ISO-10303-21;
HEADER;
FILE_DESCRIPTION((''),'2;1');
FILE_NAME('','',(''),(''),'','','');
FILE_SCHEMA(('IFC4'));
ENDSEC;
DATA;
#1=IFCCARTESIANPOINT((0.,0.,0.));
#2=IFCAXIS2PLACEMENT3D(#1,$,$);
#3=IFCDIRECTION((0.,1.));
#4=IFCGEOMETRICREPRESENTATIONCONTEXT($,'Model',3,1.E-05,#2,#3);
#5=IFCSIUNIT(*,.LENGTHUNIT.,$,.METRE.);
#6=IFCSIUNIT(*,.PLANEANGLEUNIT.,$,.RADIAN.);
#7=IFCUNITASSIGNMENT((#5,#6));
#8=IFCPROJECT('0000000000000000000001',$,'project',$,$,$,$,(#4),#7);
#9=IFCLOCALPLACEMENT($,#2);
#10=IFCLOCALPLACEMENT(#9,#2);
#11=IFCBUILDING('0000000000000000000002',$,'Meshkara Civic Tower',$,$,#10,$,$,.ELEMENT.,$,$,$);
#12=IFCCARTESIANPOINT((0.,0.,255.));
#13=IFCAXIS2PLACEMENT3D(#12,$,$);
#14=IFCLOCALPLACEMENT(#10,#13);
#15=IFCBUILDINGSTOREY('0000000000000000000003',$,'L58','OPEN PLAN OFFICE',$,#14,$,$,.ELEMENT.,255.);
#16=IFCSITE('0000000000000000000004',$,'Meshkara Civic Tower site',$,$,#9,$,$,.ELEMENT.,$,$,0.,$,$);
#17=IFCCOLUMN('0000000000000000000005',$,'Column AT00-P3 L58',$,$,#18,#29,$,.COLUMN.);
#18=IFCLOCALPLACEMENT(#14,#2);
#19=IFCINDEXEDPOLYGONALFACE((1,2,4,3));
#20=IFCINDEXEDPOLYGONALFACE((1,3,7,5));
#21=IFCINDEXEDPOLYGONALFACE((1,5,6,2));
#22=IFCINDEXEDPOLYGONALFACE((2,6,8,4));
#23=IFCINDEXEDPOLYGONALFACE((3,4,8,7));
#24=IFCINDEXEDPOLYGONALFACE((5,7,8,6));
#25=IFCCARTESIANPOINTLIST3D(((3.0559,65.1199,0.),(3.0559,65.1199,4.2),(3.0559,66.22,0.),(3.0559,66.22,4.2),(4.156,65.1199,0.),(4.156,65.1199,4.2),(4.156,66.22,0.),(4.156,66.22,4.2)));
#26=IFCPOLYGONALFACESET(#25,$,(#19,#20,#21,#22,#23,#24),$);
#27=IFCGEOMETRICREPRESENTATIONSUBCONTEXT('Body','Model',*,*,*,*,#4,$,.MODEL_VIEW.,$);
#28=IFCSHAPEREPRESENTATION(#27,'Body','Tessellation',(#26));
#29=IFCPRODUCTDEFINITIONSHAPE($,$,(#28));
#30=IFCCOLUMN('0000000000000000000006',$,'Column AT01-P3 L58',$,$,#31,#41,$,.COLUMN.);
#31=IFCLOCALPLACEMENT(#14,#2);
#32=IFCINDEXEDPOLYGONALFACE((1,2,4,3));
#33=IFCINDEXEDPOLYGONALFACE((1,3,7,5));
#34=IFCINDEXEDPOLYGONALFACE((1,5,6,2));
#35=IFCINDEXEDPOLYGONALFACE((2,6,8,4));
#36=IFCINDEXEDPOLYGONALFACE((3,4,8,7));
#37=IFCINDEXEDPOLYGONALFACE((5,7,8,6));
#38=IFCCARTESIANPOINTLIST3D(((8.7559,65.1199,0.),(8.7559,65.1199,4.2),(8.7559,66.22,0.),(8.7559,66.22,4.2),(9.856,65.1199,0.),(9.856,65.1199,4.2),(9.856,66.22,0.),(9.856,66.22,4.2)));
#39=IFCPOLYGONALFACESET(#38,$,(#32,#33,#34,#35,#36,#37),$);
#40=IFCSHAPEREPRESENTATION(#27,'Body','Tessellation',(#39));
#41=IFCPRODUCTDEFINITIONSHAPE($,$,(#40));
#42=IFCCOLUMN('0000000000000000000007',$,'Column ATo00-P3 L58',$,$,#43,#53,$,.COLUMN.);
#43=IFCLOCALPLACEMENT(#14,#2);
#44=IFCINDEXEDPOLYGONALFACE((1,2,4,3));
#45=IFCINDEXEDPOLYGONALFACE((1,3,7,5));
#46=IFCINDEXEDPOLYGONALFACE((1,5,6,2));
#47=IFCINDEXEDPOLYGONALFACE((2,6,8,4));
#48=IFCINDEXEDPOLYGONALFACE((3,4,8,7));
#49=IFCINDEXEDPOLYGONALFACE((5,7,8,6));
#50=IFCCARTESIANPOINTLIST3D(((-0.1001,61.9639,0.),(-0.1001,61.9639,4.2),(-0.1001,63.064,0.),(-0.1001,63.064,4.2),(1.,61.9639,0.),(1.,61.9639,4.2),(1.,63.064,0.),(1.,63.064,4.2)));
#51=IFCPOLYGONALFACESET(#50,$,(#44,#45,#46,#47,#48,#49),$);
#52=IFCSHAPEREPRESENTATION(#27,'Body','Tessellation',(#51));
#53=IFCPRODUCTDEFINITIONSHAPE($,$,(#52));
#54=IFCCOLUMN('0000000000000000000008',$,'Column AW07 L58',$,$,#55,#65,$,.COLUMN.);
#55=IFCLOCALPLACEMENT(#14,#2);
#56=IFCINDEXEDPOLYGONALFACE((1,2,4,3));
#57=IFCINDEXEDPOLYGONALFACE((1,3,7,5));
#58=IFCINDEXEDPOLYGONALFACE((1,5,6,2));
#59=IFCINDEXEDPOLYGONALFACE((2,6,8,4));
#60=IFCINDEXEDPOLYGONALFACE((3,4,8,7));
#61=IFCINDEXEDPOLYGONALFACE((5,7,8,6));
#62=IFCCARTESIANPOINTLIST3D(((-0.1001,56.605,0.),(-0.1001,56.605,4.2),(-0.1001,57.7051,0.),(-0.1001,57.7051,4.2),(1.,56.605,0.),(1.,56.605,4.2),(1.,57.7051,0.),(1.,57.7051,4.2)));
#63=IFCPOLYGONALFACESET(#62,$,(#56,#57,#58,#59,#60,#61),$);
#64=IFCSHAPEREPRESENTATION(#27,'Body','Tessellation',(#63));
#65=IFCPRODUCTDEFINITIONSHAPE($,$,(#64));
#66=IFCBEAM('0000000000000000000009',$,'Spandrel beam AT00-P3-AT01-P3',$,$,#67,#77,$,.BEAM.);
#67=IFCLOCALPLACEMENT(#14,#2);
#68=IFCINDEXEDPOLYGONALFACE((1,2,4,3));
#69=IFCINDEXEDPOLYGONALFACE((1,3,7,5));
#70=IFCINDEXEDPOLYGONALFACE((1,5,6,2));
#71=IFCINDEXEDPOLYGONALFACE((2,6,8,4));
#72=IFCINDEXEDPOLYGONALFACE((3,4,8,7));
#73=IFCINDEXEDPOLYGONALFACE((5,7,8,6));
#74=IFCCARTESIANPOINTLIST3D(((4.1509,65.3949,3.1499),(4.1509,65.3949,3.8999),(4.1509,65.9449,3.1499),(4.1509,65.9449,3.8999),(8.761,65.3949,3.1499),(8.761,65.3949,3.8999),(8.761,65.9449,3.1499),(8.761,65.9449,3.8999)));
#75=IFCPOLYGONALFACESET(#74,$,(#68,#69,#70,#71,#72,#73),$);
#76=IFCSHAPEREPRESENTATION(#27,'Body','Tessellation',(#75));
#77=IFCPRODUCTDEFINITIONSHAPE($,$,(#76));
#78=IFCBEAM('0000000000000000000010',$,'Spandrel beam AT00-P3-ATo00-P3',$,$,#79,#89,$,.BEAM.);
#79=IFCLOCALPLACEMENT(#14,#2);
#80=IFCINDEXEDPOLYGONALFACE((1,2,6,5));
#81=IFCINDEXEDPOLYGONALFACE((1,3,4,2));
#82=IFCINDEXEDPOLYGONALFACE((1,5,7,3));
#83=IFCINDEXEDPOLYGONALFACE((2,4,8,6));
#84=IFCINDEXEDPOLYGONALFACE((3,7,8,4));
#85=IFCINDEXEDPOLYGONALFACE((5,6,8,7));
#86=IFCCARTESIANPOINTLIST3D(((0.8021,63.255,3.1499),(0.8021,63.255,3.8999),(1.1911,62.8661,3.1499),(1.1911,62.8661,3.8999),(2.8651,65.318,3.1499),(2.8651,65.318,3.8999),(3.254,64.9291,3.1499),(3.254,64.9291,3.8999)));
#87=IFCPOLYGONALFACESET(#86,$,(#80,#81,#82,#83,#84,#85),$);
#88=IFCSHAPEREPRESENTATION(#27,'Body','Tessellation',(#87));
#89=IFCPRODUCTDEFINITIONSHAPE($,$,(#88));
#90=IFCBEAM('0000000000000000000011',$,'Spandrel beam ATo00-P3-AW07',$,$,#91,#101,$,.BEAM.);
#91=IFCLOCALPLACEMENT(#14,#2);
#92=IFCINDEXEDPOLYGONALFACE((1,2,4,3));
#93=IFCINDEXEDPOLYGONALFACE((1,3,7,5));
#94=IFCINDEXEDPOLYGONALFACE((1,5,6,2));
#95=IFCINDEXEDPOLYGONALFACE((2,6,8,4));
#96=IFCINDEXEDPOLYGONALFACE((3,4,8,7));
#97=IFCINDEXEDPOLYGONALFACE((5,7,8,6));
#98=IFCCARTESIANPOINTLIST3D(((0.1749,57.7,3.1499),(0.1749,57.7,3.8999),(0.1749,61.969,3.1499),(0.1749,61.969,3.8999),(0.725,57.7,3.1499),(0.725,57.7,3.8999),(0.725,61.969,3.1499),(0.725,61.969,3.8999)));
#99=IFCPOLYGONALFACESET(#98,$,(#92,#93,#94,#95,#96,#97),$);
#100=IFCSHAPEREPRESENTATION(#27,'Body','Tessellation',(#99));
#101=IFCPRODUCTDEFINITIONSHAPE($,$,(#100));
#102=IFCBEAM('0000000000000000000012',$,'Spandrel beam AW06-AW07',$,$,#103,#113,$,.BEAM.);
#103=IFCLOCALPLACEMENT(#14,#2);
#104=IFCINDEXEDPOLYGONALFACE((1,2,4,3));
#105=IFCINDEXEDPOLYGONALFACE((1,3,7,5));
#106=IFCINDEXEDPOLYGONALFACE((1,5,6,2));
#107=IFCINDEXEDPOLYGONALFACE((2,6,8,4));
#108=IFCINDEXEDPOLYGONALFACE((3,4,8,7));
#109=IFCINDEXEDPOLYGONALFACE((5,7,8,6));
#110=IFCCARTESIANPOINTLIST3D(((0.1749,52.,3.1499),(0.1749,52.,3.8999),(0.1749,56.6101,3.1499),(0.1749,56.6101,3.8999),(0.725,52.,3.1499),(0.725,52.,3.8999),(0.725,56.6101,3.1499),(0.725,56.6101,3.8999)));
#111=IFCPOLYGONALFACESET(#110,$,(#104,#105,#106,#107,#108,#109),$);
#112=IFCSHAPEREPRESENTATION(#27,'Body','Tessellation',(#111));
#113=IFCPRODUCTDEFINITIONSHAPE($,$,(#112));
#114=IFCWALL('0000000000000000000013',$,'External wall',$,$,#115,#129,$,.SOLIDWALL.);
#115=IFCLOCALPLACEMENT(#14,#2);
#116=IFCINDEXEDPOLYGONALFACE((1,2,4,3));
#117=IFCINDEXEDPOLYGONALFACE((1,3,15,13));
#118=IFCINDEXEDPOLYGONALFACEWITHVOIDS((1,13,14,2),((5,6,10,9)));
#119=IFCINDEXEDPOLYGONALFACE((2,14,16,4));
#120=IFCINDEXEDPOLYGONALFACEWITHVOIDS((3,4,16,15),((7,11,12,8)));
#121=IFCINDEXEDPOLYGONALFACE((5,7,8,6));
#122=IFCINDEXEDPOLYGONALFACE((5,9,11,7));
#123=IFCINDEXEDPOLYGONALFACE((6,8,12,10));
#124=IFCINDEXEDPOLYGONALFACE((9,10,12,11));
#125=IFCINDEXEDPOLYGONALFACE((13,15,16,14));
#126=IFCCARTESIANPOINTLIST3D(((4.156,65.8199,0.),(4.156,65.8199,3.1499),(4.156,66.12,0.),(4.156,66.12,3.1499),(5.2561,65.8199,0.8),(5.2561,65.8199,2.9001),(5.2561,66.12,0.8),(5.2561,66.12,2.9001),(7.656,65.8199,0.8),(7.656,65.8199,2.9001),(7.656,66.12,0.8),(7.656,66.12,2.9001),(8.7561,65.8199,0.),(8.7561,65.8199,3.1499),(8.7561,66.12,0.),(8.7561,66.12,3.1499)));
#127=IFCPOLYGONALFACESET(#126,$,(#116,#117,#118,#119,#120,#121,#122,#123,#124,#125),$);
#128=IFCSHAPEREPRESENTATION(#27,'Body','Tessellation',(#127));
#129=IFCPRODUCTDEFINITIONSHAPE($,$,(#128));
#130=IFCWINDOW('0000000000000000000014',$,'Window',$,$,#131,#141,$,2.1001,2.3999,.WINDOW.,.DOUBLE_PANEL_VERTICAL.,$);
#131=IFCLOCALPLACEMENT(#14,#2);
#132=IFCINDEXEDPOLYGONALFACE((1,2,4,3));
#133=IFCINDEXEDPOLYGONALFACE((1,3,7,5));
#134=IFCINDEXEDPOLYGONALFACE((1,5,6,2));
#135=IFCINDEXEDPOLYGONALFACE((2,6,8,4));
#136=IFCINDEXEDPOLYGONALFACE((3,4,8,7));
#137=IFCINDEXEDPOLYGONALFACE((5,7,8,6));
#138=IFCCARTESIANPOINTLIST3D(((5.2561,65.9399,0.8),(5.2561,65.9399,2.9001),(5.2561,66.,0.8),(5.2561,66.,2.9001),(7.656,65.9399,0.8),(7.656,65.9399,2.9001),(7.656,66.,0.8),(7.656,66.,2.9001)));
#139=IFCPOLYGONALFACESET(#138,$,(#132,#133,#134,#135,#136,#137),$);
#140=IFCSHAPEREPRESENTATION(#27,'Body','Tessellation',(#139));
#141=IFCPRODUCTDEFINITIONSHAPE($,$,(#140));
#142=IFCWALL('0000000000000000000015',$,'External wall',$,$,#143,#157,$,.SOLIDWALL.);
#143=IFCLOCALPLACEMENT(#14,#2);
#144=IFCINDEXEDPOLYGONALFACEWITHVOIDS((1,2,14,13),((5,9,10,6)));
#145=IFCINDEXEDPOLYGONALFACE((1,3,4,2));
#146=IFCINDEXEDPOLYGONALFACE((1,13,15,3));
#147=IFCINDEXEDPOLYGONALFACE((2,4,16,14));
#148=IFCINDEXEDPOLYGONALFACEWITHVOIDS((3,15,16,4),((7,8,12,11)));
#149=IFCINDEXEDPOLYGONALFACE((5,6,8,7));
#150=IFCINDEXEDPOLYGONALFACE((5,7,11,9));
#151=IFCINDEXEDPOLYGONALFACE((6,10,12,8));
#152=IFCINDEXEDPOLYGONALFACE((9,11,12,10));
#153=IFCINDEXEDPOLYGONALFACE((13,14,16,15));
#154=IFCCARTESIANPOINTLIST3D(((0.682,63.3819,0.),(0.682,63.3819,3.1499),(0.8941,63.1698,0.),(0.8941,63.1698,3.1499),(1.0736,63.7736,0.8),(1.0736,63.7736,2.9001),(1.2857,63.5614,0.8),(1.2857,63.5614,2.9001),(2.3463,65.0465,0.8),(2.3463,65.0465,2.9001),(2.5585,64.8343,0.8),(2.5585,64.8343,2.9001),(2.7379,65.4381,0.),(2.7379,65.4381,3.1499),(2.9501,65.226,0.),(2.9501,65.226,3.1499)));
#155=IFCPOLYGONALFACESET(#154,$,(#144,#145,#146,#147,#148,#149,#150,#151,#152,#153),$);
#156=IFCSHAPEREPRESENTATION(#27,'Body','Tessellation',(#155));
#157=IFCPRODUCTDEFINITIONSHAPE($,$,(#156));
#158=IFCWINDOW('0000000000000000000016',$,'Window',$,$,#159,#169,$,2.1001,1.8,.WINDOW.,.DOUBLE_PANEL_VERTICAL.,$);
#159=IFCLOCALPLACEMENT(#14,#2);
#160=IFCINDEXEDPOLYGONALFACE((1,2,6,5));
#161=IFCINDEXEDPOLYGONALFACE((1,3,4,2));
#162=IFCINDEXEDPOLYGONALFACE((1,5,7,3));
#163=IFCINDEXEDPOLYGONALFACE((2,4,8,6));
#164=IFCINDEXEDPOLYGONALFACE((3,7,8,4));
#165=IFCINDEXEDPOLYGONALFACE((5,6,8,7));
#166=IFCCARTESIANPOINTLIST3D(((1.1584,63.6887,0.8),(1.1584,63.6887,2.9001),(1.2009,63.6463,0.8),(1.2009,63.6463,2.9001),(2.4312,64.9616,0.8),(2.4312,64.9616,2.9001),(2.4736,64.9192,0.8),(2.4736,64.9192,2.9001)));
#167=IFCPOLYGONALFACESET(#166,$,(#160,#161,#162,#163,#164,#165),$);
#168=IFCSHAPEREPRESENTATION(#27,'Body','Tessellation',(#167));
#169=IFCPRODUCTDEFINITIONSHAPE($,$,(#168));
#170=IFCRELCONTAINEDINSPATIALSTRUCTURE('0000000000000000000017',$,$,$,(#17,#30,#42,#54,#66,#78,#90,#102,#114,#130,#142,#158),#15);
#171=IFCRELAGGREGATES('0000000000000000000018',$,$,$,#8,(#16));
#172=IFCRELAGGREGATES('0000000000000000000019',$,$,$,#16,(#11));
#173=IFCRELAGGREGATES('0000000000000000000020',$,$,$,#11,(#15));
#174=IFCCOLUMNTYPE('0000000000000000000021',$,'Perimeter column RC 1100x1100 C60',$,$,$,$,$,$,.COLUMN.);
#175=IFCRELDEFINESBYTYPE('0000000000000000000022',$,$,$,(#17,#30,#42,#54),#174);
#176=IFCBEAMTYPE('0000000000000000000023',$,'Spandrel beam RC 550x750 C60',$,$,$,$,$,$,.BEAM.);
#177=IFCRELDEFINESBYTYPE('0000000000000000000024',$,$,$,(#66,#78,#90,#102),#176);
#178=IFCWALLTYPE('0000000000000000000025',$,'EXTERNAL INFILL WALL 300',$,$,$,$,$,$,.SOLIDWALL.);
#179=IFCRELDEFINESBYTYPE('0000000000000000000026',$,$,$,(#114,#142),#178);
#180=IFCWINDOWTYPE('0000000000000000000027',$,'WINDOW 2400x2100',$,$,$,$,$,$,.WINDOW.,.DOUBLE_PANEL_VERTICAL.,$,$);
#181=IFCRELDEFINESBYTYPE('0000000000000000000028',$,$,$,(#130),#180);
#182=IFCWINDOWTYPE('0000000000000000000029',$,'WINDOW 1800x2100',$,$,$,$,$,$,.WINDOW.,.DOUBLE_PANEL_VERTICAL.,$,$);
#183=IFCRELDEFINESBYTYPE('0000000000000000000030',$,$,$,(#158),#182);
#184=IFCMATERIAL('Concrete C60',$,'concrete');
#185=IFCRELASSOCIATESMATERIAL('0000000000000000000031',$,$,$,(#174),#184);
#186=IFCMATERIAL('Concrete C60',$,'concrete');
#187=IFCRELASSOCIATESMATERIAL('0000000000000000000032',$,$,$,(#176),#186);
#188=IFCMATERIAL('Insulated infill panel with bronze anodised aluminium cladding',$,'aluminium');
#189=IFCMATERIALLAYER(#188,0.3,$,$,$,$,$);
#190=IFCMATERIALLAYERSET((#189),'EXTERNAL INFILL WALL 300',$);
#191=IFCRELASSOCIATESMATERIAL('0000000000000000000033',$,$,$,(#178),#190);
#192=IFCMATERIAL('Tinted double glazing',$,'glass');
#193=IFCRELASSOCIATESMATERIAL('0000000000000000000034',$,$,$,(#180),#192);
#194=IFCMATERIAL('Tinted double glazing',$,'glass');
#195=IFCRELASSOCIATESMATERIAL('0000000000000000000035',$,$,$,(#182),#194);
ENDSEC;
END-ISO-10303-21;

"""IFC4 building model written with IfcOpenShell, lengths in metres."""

from ifc_helpers import new_model, si_unit, direction, frame, frame_2d, origin, origin_2d, place, context, subcontext, project, spatial, rectangle, extrude, material, layer, layer_set, material_profile, profile_set, type_object, element, fill, save


model = new_model("IFC4")

# Units and contexts
model_context = context("Model", 3, precision=1e-05, world=origin(), true_north=direction((0.0, 1.0)))
body_context = subcontext(model_context, "Body", "Model", "MODEL_VIEW")
ifc_project = project(units=[si_unit("LENGTHUNIT", "METRE"), si_unit("PLANEANGLEUNIT", "RADIAN")], contexts=[model_context])

# Site, building, storey
site_placement = place(None, origin())
site = spatial("IfcSite", under=ifc_project, at=site_placement, Name="Meshkara Civic Tower site", CompositionType="ELEMENT", RefElevation=0.0)
building_placement = place(site_placement, origin())
building = spatial("IfcBuilding", under=site, at=building_placement, Name="Meshkara Civic Tower", CompositionType="ELEMENT")
storey_placement = place(building_placement, frame((0.0, 0.0, 255.0)))
storey = spatial("IfcBuildingStorey", under=building, at=storey_placement, Name="L58", Description="OPEN PLAN OFFICE", CompositionType="ELEMENT", Elevation=255.0)

# Columns
ifc_material_1 = material(Name="Concrete C60", Category="concrete")
ifc_material_profile_1 = material_profile(ifc_material_1, rectangle(XDim=1.1001, YDim=1.1001, at=origin_2d()))
ifc_profile_set_1 = profile_set([ifc_material_profile_1], Name="Concrete C60")
column_type = type_object("IfcColumnType", Name="Perimeter column RC 1100x1100 C60", PredefinedType="COLUMN", material=ifc_profile_set_1)
for number, where, z_axis, x_axis, name in (
    (1, (3.606, 65.6699, 0.0), (0.0, 0.0, 1.0), (1.0, 0.0, 0.0), "Column AT00-P3 L58"),
    (2, (9.3059, 65.6699, 0.0), (0.0, 0.0, 1.0), (1.0, 0.0, 0.0), "Column AT01-P3 L58"),
    (3, (0.45, 62.5139, 0.0), (0.0, 0.0, 1.0), (1.0, 0.0, 0.0), "Column ATo00-P3 L58"),
    (4, (0.45, 57.155, 0.0), (0.0, 0.0, 1.0), (1.0, 0.0, 0.0), "Column AW07 L58"),
):
    element("IfcColumn", number, at=place(storey_placement, frame(where, z_axis=z_axis, x_axis=x_axis)), inside=storey, type_object=column_type, Name=name, PredefinedType="COLUMN", context=body_context, shape_type="SweptSolid", body=[
        extrude(rectangle(XDim=1.1001, YDim=1.1001, at=origin_2d()), origin(), (0.0, 0.0, 1.0), 4.2),
    ])

# Beams
ifc_material_2 = material(Name="Concrete C60", Category="concrete")
ifc_material_profile_2 = material_profile(ifc_material_2, rectangle(XDim=0.55, YDim=0.75, at=origin_2d()))
ifc_profile_set_2 = profile_set([ifc_material_profile_2], Name="Concrete C60")
beam_type = type_object("IfcBeamType", Name="Spandrel beam RC 550x750 C60", PredefinedType="BEAM", material=ifc_profile_set_2)
beam_1_placement = place(storey_placement, frame((8.761, 65.6699, 3.5249), z_axis=(-1.0, 0.0, 0.0), x_axis=(0.0, -1.0, 0.0)))
element("IfcBeam", 5, at=beam_1_placement, inside=storey, type_object=beam_type, Name="Spandrel beam AT00-P3-AT01-P3", PredefinedType="BEAM", context=body_context, shape_type="SweptSolid", body=[
    extrude(rectangle(XDim=0.55, YDim=0.75, at=origin_2d()), origin(), (0.0, 0.0, 1.0), 4.6101),
])
beam_2_placement = place(storey_placement, frame((3.0596, 65.1235, 3.5249), z_axis=(-0.707107, -0.707107, 0.0), x_axis=(0.707107, -0.707107, 0.0)))
element("IfcBeam", 6, at=beam_2_placement, inside=storey, type_object=beam_type, Name="Spandrel beam AT00-P3-ATo00-P3", PredefinedType="BEAM", context=body_context, shape_type="SweptSolid", body=[
    extrude(rectangle(XDim=0.55, YDim=0.75, at=origin_2d()), origin(), (0.0, 0.0, 1.0), 2.9175),
])
beam_3_placement = place(storey_placement, frame((0.45, 61.969, 3.5249), z_axis=(0.0, -1.0, 0.0), x_axis=(1.0, 0.0, 0.0)))
element("IfcBeam", 7, at=beam_3_placement, inside=storey, type_object=beam_type, Name="Spandrel beam ATo00-P3-AW07", PredefinedType="BEAM", context=body_context, shape_type="SweptSolid", body=[
    extrude(rectangle(XDim=0.55, YDim=0.75, at=origin_2d()), origin(), (0.0, 0.0, 1.0), 4.269),
])
beam_4_placement = place(storey_placement, frame((0.45, 56.6101, 3.5249), z_axis=(0.0, -1.0, 0.0), x_axis=(1.0, 0.0, 0.0)))
element("IfcBeam", 8, at=beam_4_placement, inside=storey, type_object=beam_type, Name="Spandrel beam AW06-AW07", PredefinedType="BEAM", context=body_context, shape_type="SweptSolid", body=[
    extrude(rectangle(XDim=0.55, YDim=0.75, at=origin_2d()), origin(), (0.0, 0.0, 1.0), 4.6101),
])

# Walls, openings, windows
ifc_material_3 = material(Name="Insulated infill panel with bronze anodised aluminium cladding", Category="aluminium")
ifc_layer_1 = layer(ifc_material_3, 0.3)
ifc_layer_set_1 = layer_set([ifc_layer_1], Name="EXTERNAL INFILL WALL 300")
wall_type_1 = type_object("IfcWallType", Name="EXTERNAL INFILL WALL 300", PredefinedType="SOLIDWALL", material=ifc_layer_set_1)
wall_1_placement = place(storey_placement, frame((8.7561, 65.97, 0.0), z_axis=(0.0, 0.0, 1.0), x_axis=(-1.0, 0.0, 0.0)))
wall_1 = element("IfcWall", 9, at=wall_1_placement, inside=storey, type_object=wall_type_1, Name="External wall", PredefinedType="SOLIDWALL", context=body_context, shape_type="SweptSolid", body=[
    extrude(rectangle(XDim=4.6001, YDim=0.3, at=frame_2d((2.3, 0.0))), origin(), (0.0, 0.0, 1.0), 3.1499),
])
opening_1_placement = place(wall_1_placement, frame((1.1001, 0.0, 0.8)))
opening_1 = element("IfcOpeningElement", 10, at=opening_1_placement, cuts=wall_1, PredefinedType="OPENING", context=body_context, shape_type="SweptSolid", body=[
    extrude(rectangle(XDim=2.3999, YDim=2.1001, at=frame_2d((1.2, 1.05))), frame((0.0, 0.1599, 0.0), z_axis=(0.0, -1.0, 0.0), x_axis=(1.0, 0.0, 0.0)), (0.0, 0.0, 1.0), 0.3201),
])
ifc_material_4 = material(Name="Tinted double glazing", Category="glass")
window_type_1 = type_object("IfcWindowType", Name="WINDOW 2400x2100", PartitioningType="DOUBLE_PANEL_VERTICAL", PredefinedType="WINDOW", material=ifc_material_4)
window_1_placement = place(opening_1_placement, origin())
window_1 = element("IfcWindow", 11, at=window_1_placement, inside=storey, type_object=window_type_1, Name="Window", OverallHeight=2.1001, OverallWidth=2.3999, PartitioningType="DOUBLE_PANEL_VERTICAL", PredefinedType="WINDOW", context=body_context, shape_type="SweptSolid", body=[
    extrude(rectangle(XDim=2.3999, YDim=2.1001, at=frame_2d((1.2, 1.05))), frame((0.0, 0.03, 0.0), z_axis=(0.0, -1.0, 0.0), x_axis=(1.0, 0.0, 0.0)), (0.0, 0.0, 1.0), 0.0601),
])
fill(opening_1, window_1)
wall_2_placement = place(storey_placement, frame((2.844, 65.332, 0.0), z_axis=(0.0, 0.0, 1.0), x_axis=(-0.707065, -0.707149, 0.0)))
wall_2 = element("IfcWall", 12, at=wall_2_placement, inside=storey, type_object=wall_type_1, Name="External wall", PredefinedType="SOLIDWALL", context=body_context, shape_type="SweptSolid", body=[
    extrude(rectangle(XDim=2.9077, YDim=0.3, at=frame_2d((1.4539, 0.0))), origin(), (0.0, 0.0, 1.0), 3.1499),
])
opening_2_placement = place(wall_2_placement, frame((0.554, 0.0, 0.8)))
opening_2 = element("IfcOpeningElement", 13, at=opening_2_placement, cuts=wall_2, PredefinedType="OPENING", context=body_context, shape_type="SweptSolid", body=[
    extrude(rectangle(XDim=1.8, YDim=2.1001, at=frame_2d((0.8999, 1.05))), frame((0.0, 0.1599, 0.0), z_axis=(0.0, -1.0, 0.0), x_axis=(1.0, 0.0, 0.0)), (0.0, 0.0, 1.0), 0.3201),
])
ifc_material_5 = material(Name="Tinted double glazing", Category="glass")
window_type_2 = type_object("IfcWindowType", Name="WINDOW 1800x2100", PartitioningType="DOUBLE_PANEL_VERTICAL", PredefinedType="WINDOW", material=ifc_material_5)
window_2_placement = place(opening_2_placement, origin())
window_2 = element("IfcWindow", 14, at=window_2_placement, inside=storey, type_object=window_type_2, Name="Window", OverallHeight=2.1001, OverallWidth=1.8, PartitioningType="DOUBLE_PANEL_VERTICAL", PredefinedType="WINDOW", context=body_context, shape_type="SweptSolid", body=[
    extrude(rectangle(XDim=1.8, YDim=2.1001, at=frame_2d((0.8999, 1.05))), frame((0.0, 0.03, 0.0), z_axis=(0.0, -1.0, 0.0), x_axis=(1.0, 0.0, 0.0)), (0.0, 0.0, 1.0), 0.0601),
])
fill(opening_2, window_2)

save(model, "model.ifc")
